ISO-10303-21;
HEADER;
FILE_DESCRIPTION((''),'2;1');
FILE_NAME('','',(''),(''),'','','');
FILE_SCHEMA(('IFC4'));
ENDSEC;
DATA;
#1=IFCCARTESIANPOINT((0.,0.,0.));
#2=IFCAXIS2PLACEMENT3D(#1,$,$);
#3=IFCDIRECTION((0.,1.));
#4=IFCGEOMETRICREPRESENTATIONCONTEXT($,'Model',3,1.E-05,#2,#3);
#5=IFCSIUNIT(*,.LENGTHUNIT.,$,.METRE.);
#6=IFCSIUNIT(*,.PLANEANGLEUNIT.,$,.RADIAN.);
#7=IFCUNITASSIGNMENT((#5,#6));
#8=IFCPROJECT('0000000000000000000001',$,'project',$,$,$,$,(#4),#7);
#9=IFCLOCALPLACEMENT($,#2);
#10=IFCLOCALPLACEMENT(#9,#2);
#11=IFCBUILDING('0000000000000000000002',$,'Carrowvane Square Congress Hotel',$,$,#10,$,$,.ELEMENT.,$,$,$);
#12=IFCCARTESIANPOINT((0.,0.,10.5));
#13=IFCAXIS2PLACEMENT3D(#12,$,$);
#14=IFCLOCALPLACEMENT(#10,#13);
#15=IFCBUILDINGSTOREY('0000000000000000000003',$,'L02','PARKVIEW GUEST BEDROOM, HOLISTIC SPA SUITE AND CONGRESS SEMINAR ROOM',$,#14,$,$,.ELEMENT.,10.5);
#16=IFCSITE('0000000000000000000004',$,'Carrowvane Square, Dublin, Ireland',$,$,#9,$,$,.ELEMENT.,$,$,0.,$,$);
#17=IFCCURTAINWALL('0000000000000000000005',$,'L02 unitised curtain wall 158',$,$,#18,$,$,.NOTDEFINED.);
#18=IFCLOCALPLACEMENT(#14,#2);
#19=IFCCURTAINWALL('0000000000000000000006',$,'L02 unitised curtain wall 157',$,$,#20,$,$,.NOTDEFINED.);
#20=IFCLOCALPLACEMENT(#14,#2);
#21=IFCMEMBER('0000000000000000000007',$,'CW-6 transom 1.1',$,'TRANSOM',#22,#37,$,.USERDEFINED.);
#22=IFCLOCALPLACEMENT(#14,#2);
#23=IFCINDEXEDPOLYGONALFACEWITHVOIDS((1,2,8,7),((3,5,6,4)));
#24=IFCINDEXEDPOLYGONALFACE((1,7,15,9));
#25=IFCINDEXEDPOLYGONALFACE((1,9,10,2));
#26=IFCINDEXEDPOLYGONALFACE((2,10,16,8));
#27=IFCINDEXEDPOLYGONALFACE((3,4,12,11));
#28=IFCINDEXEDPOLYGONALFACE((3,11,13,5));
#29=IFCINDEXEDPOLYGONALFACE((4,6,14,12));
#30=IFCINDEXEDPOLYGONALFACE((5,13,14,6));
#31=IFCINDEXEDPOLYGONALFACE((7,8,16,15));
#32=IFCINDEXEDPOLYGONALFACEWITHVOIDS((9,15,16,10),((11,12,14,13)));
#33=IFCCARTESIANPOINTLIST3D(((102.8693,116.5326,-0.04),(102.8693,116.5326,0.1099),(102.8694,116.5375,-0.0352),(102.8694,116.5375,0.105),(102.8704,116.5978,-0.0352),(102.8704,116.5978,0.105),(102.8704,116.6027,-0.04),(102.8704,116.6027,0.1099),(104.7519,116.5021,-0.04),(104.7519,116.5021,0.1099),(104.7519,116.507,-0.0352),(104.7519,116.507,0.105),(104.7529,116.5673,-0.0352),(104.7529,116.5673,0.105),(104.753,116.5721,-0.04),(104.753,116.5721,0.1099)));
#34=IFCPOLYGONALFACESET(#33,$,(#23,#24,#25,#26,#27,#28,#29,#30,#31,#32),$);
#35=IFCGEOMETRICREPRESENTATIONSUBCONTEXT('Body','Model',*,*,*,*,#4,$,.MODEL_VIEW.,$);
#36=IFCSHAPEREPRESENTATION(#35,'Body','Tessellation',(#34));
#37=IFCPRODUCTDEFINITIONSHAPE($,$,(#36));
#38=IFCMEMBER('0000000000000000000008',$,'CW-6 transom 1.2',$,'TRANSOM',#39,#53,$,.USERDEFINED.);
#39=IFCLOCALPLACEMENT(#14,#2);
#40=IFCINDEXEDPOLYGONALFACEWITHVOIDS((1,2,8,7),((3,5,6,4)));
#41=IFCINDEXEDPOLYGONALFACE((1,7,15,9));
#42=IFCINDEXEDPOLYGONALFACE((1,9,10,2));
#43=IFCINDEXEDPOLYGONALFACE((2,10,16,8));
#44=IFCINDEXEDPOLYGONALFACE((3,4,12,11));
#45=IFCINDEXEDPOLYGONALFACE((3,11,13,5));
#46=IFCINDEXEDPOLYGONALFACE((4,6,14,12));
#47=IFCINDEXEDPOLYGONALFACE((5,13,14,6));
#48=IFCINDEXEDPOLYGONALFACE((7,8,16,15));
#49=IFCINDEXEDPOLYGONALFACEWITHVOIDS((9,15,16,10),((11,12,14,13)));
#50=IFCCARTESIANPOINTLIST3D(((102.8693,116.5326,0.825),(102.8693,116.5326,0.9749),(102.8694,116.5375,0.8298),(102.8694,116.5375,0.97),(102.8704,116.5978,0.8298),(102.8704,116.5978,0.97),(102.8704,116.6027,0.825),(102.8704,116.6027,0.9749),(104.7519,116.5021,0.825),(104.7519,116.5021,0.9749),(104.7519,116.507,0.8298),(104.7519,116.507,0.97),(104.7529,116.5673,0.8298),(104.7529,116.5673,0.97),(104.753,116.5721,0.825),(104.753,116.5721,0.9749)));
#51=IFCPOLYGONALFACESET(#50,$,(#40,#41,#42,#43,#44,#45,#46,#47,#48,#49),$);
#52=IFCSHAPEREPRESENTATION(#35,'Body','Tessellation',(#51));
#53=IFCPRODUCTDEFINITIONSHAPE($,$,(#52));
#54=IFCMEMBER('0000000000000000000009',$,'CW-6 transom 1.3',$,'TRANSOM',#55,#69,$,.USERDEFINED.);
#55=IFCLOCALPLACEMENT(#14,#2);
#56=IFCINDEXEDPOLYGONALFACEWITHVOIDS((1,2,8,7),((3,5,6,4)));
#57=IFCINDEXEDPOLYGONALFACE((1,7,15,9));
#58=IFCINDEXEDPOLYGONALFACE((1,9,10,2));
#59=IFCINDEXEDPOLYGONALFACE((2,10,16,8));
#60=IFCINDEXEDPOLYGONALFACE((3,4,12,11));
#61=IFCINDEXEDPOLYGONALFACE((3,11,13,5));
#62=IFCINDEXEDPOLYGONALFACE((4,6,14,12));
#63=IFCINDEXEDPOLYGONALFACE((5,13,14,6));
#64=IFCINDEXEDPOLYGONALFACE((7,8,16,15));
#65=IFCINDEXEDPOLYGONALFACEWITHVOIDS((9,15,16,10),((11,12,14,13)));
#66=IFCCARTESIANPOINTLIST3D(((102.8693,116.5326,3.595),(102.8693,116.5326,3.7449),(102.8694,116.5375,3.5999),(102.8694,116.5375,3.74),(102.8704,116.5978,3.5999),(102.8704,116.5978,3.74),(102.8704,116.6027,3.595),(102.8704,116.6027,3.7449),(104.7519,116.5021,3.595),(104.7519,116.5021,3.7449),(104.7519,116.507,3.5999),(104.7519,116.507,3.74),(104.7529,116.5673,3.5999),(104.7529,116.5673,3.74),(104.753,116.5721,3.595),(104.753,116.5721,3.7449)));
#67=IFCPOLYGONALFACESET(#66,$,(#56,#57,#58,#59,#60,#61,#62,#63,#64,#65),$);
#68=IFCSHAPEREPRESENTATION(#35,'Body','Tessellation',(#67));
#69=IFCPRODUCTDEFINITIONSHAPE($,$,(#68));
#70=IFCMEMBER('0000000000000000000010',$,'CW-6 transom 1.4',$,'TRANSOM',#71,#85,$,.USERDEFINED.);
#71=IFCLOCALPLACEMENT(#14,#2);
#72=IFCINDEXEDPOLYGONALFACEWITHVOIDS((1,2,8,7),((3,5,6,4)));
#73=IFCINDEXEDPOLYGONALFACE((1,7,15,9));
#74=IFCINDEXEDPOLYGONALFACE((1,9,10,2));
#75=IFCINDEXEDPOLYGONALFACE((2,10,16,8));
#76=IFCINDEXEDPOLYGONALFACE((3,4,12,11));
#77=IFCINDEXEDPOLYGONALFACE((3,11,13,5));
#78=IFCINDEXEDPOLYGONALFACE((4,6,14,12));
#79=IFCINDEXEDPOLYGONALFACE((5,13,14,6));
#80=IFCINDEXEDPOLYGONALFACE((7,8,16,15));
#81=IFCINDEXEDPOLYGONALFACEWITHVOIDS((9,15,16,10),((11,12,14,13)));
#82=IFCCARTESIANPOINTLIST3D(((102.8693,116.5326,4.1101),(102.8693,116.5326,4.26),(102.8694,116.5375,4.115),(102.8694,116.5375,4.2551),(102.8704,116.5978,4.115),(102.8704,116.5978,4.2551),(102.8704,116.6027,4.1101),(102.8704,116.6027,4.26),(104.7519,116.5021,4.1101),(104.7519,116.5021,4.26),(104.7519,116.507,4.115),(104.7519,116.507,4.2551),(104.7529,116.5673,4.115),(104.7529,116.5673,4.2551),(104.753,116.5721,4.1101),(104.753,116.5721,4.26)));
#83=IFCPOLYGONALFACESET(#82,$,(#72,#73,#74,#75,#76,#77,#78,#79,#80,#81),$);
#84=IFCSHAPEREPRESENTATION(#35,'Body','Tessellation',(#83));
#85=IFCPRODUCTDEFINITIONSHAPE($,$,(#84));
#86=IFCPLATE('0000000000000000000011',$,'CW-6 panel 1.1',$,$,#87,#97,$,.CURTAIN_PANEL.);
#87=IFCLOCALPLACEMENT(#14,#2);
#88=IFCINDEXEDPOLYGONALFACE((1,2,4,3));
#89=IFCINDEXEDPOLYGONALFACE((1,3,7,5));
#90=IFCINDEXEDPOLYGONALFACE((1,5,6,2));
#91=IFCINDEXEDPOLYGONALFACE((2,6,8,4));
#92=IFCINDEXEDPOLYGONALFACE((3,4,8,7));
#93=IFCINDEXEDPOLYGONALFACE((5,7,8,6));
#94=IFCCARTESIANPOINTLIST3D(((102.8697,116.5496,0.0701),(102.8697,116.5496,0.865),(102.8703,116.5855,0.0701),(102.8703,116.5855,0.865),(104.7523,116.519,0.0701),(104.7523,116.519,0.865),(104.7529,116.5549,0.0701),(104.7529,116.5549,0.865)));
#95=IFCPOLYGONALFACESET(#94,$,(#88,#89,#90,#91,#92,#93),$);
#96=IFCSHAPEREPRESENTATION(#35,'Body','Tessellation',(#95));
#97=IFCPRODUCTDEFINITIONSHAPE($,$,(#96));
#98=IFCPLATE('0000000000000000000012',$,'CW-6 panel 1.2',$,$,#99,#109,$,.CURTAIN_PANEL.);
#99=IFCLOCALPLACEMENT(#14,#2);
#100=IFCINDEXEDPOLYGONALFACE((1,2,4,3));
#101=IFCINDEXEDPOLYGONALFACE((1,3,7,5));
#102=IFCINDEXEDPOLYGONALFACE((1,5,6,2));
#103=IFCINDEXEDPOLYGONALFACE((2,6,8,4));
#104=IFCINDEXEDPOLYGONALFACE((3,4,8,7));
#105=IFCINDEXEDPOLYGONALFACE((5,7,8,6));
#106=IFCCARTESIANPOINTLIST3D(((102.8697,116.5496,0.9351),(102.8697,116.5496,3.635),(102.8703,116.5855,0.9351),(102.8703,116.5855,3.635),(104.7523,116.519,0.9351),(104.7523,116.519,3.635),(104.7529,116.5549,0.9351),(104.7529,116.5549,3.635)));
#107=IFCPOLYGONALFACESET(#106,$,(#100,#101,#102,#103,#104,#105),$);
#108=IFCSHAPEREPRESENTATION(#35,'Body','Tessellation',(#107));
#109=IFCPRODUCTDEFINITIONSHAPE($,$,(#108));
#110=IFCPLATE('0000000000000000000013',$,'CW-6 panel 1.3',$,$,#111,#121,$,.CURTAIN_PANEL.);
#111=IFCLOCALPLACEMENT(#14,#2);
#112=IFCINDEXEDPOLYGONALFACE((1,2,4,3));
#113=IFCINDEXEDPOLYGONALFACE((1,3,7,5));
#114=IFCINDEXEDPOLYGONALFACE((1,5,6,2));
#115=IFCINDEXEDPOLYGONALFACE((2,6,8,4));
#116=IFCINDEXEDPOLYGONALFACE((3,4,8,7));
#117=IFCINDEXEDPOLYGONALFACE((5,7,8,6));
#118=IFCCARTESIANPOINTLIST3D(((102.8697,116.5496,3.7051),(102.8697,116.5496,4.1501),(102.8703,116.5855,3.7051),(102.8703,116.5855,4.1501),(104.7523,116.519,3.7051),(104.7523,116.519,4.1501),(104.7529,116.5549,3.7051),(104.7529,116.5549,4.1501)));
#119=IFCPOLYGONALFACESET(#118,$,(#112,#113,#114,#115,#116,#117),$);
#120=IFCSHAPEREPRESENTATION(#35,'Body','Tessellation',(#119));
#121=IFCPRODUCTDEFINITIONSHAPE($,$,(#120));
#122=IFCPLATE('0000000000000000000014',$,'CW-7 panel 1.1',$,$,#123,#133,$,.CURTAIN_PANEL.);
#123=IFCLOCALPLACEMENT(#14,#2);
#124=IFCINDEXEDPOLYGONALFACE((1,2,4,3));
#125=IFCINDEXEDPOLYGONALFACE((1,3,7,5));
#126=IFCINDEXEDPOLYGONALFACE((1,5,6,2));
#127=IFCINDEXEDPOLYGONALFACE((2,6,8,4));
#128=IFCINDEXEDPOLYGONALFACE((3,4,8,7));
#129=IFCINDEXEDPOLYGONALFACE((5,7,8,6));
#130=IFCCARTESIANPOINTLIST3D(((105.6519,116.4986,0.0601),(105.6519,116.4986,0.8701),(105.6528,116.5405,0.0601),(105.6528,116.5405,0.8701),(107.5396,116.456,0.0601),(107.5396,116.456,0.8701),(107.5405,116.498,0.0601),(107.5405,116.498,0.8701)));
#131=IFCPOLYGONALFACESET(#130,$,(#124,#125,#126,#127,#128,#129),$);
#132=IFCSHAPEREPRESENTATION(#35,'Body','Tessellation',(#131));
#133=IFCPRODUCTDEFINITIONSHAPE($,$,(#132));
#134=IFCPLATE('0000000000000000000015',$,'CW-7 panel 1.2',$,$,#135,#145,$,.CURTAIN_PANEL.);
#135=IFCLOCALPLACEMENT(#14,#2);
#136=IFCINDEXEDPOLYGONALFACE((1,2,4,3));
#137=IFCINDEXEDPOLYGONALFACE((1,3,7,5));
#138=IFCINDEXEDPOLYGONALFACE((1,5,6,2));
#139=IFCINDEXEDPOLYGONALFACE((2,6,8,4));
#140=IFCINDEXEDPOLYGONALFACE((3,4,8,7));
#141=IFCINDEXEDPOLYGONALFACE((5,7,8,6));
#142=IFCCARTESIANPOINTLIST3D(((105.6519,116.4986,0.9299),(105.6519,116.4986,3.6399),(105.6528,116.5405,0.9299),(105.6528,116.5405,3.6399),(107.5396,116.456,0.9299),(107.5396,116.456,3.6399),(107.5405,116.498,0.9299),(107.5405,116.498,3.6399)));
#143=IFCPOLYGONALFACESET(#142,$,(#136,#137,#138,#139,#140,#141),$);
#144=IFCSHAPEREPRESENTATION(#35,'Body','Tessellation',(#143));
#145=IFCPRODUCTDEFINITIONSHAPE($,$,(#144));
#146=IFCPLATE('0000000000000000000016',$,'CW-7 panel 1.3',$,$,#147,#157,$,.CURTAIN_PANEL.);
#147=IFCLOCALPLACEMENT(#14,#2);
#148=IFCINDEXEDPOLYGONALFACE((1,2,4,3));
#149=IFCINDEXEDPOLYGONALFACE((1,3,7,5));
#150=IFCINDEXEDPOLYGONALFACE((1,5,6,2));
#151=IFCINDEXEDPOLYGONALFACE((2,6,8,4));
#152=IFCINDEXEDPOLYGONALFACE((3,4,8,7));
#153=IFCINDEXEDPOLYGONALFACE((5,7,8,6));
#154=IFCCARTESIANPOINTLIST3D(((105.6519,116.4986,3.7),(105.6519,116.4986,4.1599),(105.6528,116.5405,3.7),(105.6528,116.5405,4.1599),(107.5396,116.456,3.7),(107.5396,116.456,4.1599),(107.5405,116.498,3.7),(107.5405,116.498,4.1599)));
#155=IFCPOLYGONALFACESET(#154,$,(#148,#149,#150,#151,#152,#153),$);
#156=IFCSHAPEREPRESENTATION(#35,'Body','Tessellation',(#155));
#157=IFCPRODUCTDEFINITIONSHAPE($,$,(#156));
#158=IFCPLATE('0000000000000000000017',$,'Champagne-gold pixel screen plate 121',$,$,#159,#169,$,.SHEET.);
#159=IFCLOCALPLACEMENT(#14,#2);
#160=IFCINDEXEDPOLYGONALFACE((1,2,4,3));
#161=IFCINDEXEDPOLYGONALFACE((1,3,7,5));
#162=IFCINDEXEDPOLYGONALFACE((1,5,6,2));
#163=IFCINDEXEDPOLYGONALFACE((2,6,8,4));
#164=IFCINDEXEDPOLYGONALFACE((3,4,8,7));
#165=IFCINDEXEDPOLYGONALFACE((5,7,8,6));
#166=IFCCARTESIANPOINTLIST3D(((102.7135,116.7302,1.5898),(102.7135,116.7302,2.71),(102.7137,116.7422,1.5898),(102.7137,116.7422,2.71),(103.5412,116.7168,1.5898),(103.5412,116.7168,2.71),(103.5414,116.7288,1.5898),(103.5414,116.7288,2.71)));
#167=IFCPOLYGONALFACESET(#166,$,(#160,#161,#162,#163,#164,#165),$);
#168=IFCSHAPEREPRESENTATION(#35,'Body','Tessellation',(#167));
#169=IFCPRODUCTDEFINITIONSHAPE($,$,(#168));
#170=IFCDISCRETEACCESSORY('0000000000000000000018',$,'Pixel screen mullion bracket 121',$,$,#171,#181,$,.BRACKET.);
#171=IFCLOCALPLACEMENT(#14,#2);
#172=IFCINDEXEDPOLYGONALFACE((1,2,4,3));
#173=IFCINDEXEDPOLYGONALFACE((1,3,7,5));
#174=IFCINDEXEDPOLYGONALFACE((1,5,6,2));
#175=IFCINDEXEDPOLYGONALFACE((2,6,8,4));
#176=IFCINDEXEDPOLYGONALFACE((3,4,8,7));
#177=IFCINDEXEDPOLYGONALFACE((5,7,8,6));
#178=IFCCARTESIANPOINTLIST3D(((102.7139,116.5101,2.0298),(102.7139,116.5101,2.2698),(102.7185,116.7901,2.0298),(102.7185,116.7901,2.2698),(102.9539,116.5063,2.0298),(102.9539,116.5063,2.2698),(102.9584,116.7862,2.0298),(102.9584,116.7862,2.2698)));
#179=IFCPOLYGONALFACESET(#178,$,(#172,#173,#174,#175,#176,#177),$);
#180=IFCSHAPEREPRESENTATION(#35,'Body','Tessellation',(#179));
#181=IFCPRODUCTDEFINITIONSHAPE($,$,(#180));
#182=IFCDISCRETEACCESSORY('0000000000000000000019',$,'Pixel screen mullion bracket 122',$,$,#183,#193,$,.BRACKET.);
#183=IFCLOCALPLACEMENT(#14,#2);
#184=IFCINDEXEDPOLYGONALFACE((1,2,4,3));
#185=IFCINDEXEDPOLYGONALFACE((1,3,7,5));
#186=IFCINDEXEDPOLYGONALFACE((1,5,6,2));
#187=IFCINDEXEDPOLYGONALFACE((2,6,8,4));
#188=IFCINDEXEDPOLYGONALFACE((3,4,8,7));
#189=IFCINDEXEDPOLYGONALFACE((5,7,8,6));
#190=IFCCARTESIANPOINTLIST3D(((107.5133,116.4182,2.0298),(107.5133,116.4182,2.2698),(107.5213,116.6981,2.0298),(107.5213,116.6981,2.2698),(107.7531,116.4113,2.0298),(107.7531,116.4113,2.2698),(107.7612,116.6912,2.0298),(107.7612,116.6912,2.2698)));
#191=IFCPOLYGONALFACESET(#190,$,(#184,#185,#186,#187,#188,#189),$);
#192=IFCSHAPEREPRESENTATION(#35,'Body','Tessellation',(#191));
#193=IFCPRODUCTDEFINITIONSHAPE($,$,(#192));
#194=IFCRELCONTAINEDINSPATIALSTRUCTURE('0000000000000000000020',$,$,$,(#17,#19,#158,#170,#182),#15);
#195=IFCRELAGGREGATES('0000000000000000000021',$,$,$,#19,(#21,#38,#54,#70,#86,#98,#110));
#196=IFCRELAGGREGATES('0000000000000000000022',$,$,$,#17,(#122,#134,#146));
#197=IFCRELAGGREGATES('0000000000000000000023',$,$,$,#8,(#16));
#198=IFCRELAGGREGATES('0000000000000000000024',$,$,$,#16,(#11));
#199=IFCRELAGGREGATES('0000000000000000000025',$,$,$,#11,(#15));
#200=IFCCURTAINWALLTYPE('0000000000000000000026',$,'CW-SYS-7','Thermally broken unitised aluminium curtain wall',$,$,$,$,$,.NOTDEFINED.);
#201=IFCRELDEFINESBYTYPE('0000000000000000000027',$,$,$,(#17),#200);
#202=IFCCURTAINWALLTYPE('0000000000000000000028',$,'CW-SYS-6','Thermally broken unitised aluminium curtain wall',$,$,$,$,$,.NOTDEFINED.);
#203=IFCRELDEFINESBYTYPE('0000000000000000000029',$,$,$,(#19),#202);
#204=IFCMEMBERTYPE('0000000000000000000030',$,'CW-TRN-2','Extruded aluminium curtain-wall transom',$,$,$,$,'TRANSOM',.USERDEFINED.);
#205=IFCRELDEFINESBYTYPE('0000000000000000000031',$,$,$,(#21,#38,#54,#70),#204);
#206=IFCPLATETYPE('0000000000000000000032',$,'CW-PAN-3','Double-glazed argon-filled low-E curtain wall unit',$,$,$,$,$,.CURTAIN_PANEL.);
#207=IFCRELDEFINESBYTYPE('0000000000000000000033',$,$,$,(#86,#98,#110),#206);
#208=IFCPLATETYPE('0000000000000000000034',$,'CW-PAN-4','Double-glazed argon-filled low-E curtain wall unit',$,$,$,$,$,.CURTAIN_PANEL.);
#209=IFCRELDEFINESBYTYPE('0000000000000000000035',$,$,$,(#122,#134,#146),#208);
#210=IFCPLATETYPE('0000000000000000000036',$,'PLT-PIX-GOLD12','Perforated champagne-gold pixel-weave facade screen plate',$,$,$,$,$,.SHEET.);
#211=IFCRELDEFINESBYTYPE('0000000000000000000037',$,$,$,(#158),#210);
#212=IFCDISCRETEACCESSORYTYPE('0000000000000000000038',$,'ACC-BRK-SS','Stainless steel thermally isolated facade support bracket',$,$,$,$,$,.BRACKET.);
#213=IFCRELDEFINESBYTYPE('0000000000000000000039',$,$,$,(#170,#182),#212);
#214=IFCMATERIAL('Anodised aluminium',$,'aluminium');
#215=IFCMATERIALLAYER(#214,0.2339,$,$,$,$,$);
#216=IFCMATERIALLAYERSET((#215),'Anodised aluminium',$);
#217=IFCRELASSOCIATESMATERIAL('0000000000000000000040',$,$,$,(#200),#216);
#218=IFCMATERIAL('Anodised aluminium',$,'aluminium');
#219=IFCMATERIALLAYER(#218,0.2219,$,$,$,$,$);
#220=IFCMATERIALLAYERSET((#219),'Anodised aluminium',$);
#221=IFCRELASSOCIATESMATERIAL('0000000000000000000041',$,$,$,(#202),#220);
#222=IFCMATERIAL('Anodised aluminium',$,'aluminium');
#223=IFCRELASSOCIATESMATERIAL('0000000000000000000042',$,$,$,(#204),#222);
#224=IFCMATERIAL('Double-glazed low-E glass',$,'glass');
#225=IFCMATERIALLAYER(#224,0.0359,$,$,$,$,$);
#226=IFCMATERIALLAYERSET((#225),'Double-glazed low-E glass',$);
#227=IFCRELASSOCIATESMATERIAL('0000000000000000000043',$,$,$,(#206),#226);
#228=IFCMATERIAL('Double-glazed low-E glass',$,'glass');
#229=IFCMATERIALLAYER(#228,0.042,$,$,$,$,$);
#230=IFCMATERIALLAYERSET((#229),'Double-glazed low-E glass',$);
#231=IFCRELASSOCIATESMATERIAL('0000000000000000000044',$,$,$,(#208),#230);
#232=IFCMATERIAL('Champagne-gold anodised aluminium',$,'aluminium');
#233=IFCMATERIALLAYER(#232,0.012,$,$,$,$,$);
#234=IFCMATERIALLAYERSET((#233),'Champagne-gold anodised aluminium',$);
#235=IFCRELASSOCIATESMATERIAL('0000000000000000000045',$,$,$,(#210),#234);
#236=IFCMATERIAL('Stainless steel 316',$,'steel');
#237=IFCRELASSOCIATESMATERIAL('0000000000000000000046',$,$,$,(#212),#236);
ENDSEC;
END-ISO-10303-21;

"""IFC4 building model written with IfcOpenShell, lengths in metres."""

from ifc_helpers import new_model, si_unit, direction, frame, origin, origin_2d, place, context, subcontext, project, spatial, rectangle, hollow_rectangle, extrude, material, layer, layer_set, material_profile, profile_set, type_object, element, aggregate, save


model = new_model("IFC4")

# Units and contexts
model_context = context("Model", 3, precision=1e-05, world=origin(), true_north=direction((0.0, 1.0)))
body_context = subcontext(model_context, "Body", "Model", "MODEL_VIEW")
ifc_project = project(units=[si_unit("LENGTHUNIT", "METRE"), si_unit("PLANEANGLEUNIT", "RADIAN")], contexts=[model_context])

# Site, building, storey
site_placement = place(None, origin())
site = spatial("IfcSite", under=ifc_project, at=site_placement, Name="Carrowvane Square, Dublin, Ireland", CompositionType="ELEMENT", RefElevation=0.0)
building_placement = place(site_placement, origin())
building = spatial("IfcBuilding", under=site, at=building_placement, Name="Carrowvane Square Congress Hotel", CompositionType="ELEMENT")
storey_placement = place(building_placement, frame((0.0, 0.0, 10.5)))
storey = spatial("IfcBuildingStorey", under=building, at=storey_placement, Name="L02", Description="PARKVIEW GUEST BEDROOM, HOLISTIC SPA SUITE AND CONGRESS SEMINAR ROOM", CompositionType="ELEMENT", Elevation=10.5)

# Curtain walls
ifc_material_1 = material(Name="Anodised aluminium", Category="aluminium")
ifc_layer_1 = layer(ifc_material_1, 0.2339)
ifc_layer_set_1 = layer_set([ifc_layer_1], Name="Anodised aluminium")
curtain_wall_type_1 = type_object("IfcCurtainWallType", Name="CW-SYS-7", Description="Thermally broken unitised aluminium curtain wall", PredefinedType="NOTDEFINED", material=ifc_layer_set_1)
curtain_wall_1_placement = place(storey_placement, origin())
curtain_wall_1 = element("IfcCurtainWall", 1, at=curtain_wall_1_placement, inside=storey, type_object=curtain_wall_type_1, Name="L02 unitised curtain wall 158", PredefinedType="NOTDEFINED")
ifc_material_2 = material(Name="Anodised aluminium", Category="aluminium")
ifc_layer_2 = layer(ifc_material_2, 0.2219)
ifc_layer_set_2 = layer_set([ifc_layer_2], Name="Anodised aluminium")
curtain_wall_type_2 = type_object("IfcCurtainWallType", Name="CW-SYS-6", Description="Thermally broken unitised aluminium curtain wall", PredefinedType="NOTDEFINED", material=ifc_layer_set_2)
curtain_wall_2_placement = place(storey_placement, origin())
curtain_wall_2 = element("IfcCurtainWall", 2, at=curtain_wall_2_placement, inside=storey, type_object=curtain_wall_type_2, Name="L02 unitised curtain wall 157", PredefinedType="NOTDEFINED")

# Members
ifc_material_3 = material(Name="Anodised aluminium", Category="aluminium")
ifc_material_profile_1 = material_profile(ifc_material_3, hollow_rectangle(XDim=0.0701, YDim=0.1499, WallThickness=0.0049, at=origin_2d()), Name="CW-TR 70x150x5")
ifc_profile_set_1 = profile_set([ifc_material_profile_1], Name="Anodised aluminium")
member_type_1 = type_object("IfcMemberType", Name="CW-TRN-2", Description="Extruded aluminium curtain-wall transom", ElementType="TRANSOM", PredefinedType="USERDEFINED", material=ifc_profile_set_1)
member_1_placement = place(storey_placement, frame((102.8699, 116.5676, 0.0349), z_axis=(0.999869, -0.016208, 0.0), x_axis=(0.016208, 0.999869, 0.0)))
member_1 = element("IfcMember", 3, at=member_1_placement, type_object=member_type_1, Name="CW-6 transom 1.1", ObjectType="TRANSOM", PredefinedType="USERDEFINED", context=body_context, shape_type="SweptSolid", body=[
    extrude(hollow_rectangle(XDim=0.0701, YDim=0.1499, WallThickness=0.0049, at=origin_2d()), origin(), (0.0, 0.0, 1.0), 1.8828),
])
member_2_placement = place(storey_placement, frame((102.8699, 116.5676, 0.8999), z_axis=(0.999869, -0.016208, 0.0), x_axis=(0.016208, 0.999869, 0.0)))
member_2 = element("IfcMember", 4, at=member_2_placement, type_object=member_type_1, Name="CW-6 transom 1.2", ObjectType="TRANSOM", PredefinedType="USERDEFINED", context=body_context, shape_type="SweptSolid", body=[
    extrude(hollow_rectangle(XDim=0.0701, YDim=0.1499, WallThickness=0.0049, at=origin_2d()), origin(), (0.0, 0.0, 1.0), 1.8828),
])
member_3_placement = place(storey_placement, frame((102.8699, 116.5676, 3.6699), z_axis=(0.999869, -0.016208, 0.0), x_axis=(0.016208, 0.999869, 0.0)))
member_3 = element("IfcMember", 5, at=member_3_placement, type_object=member_type_1, Name="CW-6 transom 1.3", ObjectType="TRANSOM", PredefinedType="USERDEFINED", context=body_context, shape_type="SweptSolid", body=[
    extrude(hollow_rectangle(XDim=0.0701, YDim=0.1499, WallThickness=0.0049, at=origin_2d()), origin(), (0.0, 0.0, 1.0), 1.8828),
])
member_4_placement = place(storey_placement, frame((102.8699, 116.5676, 4.1851), z_axis=(0.999869, -0.016208, 0.0), x_axis=(0.016208, 0.999869, 0.0)))
member_4 = element("IfcMember", 6, at=member_4_placement, type_object=member_type_1, Name="CW-6 transom 1.4", ObjectType="TRANSOM", PredefinedType="USERDEFINED", context=body_context, shape_type="SweptSolid", body=[
    extrude(hollow_rectangle(XDim=0.0701, YDim=0.1499, WallThickness=0.0049, at=origin_2d()), origin(), (0.0, 0.0, 1.0), 1.8828),
])

# Plates
ifc_material_4 = material(Name="Double-glazed low-E glass", Category="glass")
ifc_layer_3 = layer(ifc_material_4, 0.0359)
ifc_layer_set_3 = layer_set([ifc_layer_3], Name="Double-glazed low-E glass")
plate_type_1 = type_object("IfcPlateType", Name="CW-PAN-3", Description="Double-glazed argon-filled low-E curtain wall unit", PredefinedType="CURTAIN_PANEL", material=ifc_layer_set_3)
plate_1_placement = place(storey_placement, frame((103.8113, 116.5522, 0.0701), z_axis=(0.0, 0.0, 1.0), x_axis=(0.999869, -0.016216, 0.0)))
plate_1 = element("IfcPlate", 7, at=plate_1_placement, type_object=plate_type_1, Name="CW-6 panel 1.1", PredefinedType="CURTAIN_PANEL", context=body_context, shape_type="SweptSolid", body=[
    extrude(rectangle(XDim=1.8828, YDim=0.0359, at=origin_2d()), origin(), (0.0, 0.0, 1.0), 0.7949),
])
plate_2_placement = place(storey_placement, frame((103.8113, 116.5522, 0.9351), z_axis=(0.0, 0.0, 1.0), x_axis=(0.999869, -0.016216, 0.0)))
plate_2 = element("IfcPlate", 8, at=plate_2_placement, type_object=plate_type_1, Name="CW-6 panel 1.2", PredefinedType="CURTAIN_PANEL", context=body_context, shape_type="SweptSolid", body=[
    extrude(rectangle(XDim=1.8828, YDim=0.0359, at=origin_2d()), origin(), (0.0, 0.0, 1.0), 2.7),
])
plate_3_placement = place(storey_placement, frame((103.8113, 116.5522, 3.7051), z_axis=(0.0, 0.0, 1.0), x_axis=(0.999869, -0.016216, 0.0)))
plate_3 = element("IfcPlate", 9, at=plate_3_placement, type_object=plate_type_1, Name="CW-6 panel 1.3", PredefinedType="CURTAIN_PANEL", context=body_context, shape_type="SweptSolid", body=[
    extrude(rectangle(XDim=1.8828, YDim=0.0359, at=origin_2d()), origin(), (0.0, 0.0, 1.0), 0.4451),
])
aggregate(curtain_wall_2, [member_1, member_2, member_3, member_4, plate_1, plate_2, plate_3])
ifc_material_5 = material(Name="Double-glazed low-E glass", Category="glass")
ifc_layer_4 = layer(ifc_material_5, 0.042)
ifc_layer_set_4 = layer_set([ifc_layer_4], Name="Double-glazed low-E glass")
plate_type_2 = type_object("IfcPlateType", Name="CW-PAN-4", Description="Double-glazed argon-filled low-E curtain wall unit", PredefinedType="CURTAIN_PANEL", material=ifc_layer_set_4)
plate_4_placement = place(storey_placement, frame((106.5962, 116.4983, 0.0601), z_axis=(0.0, 0.0, 1.0), x_axis=(0.999746, -0.022518, 0.0)))
plate_4 = element("IfcPlate", 10, at=plate_4_placement, type_object=plate_type_2, Name="CW-7 panel 1.1", PredefinedType="CURTAIN_PANEL", context=body_context, shape_type="SweptSolid", body=[
    extrude(rectangle(XDim=1.8882, YDim=0.042, at=origin_2d()), origin(), (0.0, 0.0, 1.0), 0.8101),
])
plate_5_placement = place(storey_placement, frame((106.5962, 116.4983, 0.9299), z_axis=(0.0, 0.0, 1.0), x_axis=(0.999746, -0.022518, 0.0)))
plate_5 = element("IfcPlate", 11, at=plate_5_placement, type_object=plate_type_2, Name="CW-7 panel 1.2", PredefinedType="CURTAIN_PANEL", context=body_context, shape_type="SweptSolid", body=[
    extrude(rectangle(XDim=1.8882, YDim=0.042, at=origin_2d()), origin(), (0.0, 0.0, 1.0), 2.71),
])
plate_6_placement = place(storey_placement, frame((106.5962, 116.4983, 3.7), z_axis=(0.0, 0.0, 1.0), x_axis=(0.999746, -0.022518, 0.0)))
plate_6 = element("IfcPlate", 12, at=plate_6_placement, type_object=plate_type_2, Name="CW-7 panel 1.3", PredefinedType="CURTAIN_PANEL", context=body_context, shape_type="SweptSolid", body=[
    extrude(rectangle(XDim=1.8882, YDim=0.042, at=origin_2d()), origin(), (0.0, 0.0, 1.0), 0.46),
])
aggregate(curtain_wall_1, [plate_4, plate_5, plate_6])
ifc_material_6 = material(Name="Champagne-gold anodised aluminium", Category="aluminium")
ifc_layer_5 = layer(ifc_material_6, 0.012)
ifc_layer_set_5 = layer_set([ifc_layer_5], Name="Champagne-gold anodised aluminium")
plate_type_3 = type_object("IfcPlateType", Name="PLT-PIX-GOLD12", Description="Perforated champagne-gold pixel-weave facade screen plate", PredefinedType="SHEET", material=ifc_layer_set_5)
plate_7_placement = place(storey_placement, frame((103.1274, 116.7295, 1.5898), z_axis=(0.0, 0.0, 1.0), x_axis=(0.999869, -0.016216, 0.0)))
element("IfcPlate", 13, at=plate_7_placement, inside=storey, type_object=plate_type_3, Name="Champagne-gold pixel screen plate 121", PredefinedType="SHEET", context=body_context, shape_type="SweptSolid", body=[
    extrude(rectangle(XDim=0.8279, YDim=0.012, at=origin_2d()), origin(), (0.0, 0.0, 1.0), 1.1201),
])

# Discrete accessories
ifc_material_7 = material(Name="Stainless steel 316", Category="steel")
discrete_accessory_type = type_object("IfcDiscreteAccessoryType", Name="ACC-BRK-SS", Description="Stainless steel thermally isolated facade support bracket", PredefinedType="BRACKET", material=ifc_material_7)
for number, where, z_axis, x_axis, name in (
    (14, (102.8362, 116.6482, 2.0298), (0.0, 0.0, 1.0), (0.999869, -0.016216, 0.0), "Pixel screen mullion bracket 121"),
    (15, (107.6372, 116.5547, 2.0298), (0.0, 0.0, 1.0), (0.99959, -0.028639, 0.0), "Pixel screen mullion bracket 122"),
):
    element("IfcDiscreteAccessory", number, at=place(storey_placement, frame(where, z_axis=z_axis, x_axis=x_axis)), inside=storey, type_object=discrete_accessory_type, Name=name, PredefinedType="BRACKET", context=body_context, shape_type="SweptSolid", body=[
        extrude(rectangle(XDim=0.24, YDim=0.28, at=origin_2d()), origin(), (0.0, 0.0, 1.0), 0.24),
    ])

save(model, "model.ifc")
